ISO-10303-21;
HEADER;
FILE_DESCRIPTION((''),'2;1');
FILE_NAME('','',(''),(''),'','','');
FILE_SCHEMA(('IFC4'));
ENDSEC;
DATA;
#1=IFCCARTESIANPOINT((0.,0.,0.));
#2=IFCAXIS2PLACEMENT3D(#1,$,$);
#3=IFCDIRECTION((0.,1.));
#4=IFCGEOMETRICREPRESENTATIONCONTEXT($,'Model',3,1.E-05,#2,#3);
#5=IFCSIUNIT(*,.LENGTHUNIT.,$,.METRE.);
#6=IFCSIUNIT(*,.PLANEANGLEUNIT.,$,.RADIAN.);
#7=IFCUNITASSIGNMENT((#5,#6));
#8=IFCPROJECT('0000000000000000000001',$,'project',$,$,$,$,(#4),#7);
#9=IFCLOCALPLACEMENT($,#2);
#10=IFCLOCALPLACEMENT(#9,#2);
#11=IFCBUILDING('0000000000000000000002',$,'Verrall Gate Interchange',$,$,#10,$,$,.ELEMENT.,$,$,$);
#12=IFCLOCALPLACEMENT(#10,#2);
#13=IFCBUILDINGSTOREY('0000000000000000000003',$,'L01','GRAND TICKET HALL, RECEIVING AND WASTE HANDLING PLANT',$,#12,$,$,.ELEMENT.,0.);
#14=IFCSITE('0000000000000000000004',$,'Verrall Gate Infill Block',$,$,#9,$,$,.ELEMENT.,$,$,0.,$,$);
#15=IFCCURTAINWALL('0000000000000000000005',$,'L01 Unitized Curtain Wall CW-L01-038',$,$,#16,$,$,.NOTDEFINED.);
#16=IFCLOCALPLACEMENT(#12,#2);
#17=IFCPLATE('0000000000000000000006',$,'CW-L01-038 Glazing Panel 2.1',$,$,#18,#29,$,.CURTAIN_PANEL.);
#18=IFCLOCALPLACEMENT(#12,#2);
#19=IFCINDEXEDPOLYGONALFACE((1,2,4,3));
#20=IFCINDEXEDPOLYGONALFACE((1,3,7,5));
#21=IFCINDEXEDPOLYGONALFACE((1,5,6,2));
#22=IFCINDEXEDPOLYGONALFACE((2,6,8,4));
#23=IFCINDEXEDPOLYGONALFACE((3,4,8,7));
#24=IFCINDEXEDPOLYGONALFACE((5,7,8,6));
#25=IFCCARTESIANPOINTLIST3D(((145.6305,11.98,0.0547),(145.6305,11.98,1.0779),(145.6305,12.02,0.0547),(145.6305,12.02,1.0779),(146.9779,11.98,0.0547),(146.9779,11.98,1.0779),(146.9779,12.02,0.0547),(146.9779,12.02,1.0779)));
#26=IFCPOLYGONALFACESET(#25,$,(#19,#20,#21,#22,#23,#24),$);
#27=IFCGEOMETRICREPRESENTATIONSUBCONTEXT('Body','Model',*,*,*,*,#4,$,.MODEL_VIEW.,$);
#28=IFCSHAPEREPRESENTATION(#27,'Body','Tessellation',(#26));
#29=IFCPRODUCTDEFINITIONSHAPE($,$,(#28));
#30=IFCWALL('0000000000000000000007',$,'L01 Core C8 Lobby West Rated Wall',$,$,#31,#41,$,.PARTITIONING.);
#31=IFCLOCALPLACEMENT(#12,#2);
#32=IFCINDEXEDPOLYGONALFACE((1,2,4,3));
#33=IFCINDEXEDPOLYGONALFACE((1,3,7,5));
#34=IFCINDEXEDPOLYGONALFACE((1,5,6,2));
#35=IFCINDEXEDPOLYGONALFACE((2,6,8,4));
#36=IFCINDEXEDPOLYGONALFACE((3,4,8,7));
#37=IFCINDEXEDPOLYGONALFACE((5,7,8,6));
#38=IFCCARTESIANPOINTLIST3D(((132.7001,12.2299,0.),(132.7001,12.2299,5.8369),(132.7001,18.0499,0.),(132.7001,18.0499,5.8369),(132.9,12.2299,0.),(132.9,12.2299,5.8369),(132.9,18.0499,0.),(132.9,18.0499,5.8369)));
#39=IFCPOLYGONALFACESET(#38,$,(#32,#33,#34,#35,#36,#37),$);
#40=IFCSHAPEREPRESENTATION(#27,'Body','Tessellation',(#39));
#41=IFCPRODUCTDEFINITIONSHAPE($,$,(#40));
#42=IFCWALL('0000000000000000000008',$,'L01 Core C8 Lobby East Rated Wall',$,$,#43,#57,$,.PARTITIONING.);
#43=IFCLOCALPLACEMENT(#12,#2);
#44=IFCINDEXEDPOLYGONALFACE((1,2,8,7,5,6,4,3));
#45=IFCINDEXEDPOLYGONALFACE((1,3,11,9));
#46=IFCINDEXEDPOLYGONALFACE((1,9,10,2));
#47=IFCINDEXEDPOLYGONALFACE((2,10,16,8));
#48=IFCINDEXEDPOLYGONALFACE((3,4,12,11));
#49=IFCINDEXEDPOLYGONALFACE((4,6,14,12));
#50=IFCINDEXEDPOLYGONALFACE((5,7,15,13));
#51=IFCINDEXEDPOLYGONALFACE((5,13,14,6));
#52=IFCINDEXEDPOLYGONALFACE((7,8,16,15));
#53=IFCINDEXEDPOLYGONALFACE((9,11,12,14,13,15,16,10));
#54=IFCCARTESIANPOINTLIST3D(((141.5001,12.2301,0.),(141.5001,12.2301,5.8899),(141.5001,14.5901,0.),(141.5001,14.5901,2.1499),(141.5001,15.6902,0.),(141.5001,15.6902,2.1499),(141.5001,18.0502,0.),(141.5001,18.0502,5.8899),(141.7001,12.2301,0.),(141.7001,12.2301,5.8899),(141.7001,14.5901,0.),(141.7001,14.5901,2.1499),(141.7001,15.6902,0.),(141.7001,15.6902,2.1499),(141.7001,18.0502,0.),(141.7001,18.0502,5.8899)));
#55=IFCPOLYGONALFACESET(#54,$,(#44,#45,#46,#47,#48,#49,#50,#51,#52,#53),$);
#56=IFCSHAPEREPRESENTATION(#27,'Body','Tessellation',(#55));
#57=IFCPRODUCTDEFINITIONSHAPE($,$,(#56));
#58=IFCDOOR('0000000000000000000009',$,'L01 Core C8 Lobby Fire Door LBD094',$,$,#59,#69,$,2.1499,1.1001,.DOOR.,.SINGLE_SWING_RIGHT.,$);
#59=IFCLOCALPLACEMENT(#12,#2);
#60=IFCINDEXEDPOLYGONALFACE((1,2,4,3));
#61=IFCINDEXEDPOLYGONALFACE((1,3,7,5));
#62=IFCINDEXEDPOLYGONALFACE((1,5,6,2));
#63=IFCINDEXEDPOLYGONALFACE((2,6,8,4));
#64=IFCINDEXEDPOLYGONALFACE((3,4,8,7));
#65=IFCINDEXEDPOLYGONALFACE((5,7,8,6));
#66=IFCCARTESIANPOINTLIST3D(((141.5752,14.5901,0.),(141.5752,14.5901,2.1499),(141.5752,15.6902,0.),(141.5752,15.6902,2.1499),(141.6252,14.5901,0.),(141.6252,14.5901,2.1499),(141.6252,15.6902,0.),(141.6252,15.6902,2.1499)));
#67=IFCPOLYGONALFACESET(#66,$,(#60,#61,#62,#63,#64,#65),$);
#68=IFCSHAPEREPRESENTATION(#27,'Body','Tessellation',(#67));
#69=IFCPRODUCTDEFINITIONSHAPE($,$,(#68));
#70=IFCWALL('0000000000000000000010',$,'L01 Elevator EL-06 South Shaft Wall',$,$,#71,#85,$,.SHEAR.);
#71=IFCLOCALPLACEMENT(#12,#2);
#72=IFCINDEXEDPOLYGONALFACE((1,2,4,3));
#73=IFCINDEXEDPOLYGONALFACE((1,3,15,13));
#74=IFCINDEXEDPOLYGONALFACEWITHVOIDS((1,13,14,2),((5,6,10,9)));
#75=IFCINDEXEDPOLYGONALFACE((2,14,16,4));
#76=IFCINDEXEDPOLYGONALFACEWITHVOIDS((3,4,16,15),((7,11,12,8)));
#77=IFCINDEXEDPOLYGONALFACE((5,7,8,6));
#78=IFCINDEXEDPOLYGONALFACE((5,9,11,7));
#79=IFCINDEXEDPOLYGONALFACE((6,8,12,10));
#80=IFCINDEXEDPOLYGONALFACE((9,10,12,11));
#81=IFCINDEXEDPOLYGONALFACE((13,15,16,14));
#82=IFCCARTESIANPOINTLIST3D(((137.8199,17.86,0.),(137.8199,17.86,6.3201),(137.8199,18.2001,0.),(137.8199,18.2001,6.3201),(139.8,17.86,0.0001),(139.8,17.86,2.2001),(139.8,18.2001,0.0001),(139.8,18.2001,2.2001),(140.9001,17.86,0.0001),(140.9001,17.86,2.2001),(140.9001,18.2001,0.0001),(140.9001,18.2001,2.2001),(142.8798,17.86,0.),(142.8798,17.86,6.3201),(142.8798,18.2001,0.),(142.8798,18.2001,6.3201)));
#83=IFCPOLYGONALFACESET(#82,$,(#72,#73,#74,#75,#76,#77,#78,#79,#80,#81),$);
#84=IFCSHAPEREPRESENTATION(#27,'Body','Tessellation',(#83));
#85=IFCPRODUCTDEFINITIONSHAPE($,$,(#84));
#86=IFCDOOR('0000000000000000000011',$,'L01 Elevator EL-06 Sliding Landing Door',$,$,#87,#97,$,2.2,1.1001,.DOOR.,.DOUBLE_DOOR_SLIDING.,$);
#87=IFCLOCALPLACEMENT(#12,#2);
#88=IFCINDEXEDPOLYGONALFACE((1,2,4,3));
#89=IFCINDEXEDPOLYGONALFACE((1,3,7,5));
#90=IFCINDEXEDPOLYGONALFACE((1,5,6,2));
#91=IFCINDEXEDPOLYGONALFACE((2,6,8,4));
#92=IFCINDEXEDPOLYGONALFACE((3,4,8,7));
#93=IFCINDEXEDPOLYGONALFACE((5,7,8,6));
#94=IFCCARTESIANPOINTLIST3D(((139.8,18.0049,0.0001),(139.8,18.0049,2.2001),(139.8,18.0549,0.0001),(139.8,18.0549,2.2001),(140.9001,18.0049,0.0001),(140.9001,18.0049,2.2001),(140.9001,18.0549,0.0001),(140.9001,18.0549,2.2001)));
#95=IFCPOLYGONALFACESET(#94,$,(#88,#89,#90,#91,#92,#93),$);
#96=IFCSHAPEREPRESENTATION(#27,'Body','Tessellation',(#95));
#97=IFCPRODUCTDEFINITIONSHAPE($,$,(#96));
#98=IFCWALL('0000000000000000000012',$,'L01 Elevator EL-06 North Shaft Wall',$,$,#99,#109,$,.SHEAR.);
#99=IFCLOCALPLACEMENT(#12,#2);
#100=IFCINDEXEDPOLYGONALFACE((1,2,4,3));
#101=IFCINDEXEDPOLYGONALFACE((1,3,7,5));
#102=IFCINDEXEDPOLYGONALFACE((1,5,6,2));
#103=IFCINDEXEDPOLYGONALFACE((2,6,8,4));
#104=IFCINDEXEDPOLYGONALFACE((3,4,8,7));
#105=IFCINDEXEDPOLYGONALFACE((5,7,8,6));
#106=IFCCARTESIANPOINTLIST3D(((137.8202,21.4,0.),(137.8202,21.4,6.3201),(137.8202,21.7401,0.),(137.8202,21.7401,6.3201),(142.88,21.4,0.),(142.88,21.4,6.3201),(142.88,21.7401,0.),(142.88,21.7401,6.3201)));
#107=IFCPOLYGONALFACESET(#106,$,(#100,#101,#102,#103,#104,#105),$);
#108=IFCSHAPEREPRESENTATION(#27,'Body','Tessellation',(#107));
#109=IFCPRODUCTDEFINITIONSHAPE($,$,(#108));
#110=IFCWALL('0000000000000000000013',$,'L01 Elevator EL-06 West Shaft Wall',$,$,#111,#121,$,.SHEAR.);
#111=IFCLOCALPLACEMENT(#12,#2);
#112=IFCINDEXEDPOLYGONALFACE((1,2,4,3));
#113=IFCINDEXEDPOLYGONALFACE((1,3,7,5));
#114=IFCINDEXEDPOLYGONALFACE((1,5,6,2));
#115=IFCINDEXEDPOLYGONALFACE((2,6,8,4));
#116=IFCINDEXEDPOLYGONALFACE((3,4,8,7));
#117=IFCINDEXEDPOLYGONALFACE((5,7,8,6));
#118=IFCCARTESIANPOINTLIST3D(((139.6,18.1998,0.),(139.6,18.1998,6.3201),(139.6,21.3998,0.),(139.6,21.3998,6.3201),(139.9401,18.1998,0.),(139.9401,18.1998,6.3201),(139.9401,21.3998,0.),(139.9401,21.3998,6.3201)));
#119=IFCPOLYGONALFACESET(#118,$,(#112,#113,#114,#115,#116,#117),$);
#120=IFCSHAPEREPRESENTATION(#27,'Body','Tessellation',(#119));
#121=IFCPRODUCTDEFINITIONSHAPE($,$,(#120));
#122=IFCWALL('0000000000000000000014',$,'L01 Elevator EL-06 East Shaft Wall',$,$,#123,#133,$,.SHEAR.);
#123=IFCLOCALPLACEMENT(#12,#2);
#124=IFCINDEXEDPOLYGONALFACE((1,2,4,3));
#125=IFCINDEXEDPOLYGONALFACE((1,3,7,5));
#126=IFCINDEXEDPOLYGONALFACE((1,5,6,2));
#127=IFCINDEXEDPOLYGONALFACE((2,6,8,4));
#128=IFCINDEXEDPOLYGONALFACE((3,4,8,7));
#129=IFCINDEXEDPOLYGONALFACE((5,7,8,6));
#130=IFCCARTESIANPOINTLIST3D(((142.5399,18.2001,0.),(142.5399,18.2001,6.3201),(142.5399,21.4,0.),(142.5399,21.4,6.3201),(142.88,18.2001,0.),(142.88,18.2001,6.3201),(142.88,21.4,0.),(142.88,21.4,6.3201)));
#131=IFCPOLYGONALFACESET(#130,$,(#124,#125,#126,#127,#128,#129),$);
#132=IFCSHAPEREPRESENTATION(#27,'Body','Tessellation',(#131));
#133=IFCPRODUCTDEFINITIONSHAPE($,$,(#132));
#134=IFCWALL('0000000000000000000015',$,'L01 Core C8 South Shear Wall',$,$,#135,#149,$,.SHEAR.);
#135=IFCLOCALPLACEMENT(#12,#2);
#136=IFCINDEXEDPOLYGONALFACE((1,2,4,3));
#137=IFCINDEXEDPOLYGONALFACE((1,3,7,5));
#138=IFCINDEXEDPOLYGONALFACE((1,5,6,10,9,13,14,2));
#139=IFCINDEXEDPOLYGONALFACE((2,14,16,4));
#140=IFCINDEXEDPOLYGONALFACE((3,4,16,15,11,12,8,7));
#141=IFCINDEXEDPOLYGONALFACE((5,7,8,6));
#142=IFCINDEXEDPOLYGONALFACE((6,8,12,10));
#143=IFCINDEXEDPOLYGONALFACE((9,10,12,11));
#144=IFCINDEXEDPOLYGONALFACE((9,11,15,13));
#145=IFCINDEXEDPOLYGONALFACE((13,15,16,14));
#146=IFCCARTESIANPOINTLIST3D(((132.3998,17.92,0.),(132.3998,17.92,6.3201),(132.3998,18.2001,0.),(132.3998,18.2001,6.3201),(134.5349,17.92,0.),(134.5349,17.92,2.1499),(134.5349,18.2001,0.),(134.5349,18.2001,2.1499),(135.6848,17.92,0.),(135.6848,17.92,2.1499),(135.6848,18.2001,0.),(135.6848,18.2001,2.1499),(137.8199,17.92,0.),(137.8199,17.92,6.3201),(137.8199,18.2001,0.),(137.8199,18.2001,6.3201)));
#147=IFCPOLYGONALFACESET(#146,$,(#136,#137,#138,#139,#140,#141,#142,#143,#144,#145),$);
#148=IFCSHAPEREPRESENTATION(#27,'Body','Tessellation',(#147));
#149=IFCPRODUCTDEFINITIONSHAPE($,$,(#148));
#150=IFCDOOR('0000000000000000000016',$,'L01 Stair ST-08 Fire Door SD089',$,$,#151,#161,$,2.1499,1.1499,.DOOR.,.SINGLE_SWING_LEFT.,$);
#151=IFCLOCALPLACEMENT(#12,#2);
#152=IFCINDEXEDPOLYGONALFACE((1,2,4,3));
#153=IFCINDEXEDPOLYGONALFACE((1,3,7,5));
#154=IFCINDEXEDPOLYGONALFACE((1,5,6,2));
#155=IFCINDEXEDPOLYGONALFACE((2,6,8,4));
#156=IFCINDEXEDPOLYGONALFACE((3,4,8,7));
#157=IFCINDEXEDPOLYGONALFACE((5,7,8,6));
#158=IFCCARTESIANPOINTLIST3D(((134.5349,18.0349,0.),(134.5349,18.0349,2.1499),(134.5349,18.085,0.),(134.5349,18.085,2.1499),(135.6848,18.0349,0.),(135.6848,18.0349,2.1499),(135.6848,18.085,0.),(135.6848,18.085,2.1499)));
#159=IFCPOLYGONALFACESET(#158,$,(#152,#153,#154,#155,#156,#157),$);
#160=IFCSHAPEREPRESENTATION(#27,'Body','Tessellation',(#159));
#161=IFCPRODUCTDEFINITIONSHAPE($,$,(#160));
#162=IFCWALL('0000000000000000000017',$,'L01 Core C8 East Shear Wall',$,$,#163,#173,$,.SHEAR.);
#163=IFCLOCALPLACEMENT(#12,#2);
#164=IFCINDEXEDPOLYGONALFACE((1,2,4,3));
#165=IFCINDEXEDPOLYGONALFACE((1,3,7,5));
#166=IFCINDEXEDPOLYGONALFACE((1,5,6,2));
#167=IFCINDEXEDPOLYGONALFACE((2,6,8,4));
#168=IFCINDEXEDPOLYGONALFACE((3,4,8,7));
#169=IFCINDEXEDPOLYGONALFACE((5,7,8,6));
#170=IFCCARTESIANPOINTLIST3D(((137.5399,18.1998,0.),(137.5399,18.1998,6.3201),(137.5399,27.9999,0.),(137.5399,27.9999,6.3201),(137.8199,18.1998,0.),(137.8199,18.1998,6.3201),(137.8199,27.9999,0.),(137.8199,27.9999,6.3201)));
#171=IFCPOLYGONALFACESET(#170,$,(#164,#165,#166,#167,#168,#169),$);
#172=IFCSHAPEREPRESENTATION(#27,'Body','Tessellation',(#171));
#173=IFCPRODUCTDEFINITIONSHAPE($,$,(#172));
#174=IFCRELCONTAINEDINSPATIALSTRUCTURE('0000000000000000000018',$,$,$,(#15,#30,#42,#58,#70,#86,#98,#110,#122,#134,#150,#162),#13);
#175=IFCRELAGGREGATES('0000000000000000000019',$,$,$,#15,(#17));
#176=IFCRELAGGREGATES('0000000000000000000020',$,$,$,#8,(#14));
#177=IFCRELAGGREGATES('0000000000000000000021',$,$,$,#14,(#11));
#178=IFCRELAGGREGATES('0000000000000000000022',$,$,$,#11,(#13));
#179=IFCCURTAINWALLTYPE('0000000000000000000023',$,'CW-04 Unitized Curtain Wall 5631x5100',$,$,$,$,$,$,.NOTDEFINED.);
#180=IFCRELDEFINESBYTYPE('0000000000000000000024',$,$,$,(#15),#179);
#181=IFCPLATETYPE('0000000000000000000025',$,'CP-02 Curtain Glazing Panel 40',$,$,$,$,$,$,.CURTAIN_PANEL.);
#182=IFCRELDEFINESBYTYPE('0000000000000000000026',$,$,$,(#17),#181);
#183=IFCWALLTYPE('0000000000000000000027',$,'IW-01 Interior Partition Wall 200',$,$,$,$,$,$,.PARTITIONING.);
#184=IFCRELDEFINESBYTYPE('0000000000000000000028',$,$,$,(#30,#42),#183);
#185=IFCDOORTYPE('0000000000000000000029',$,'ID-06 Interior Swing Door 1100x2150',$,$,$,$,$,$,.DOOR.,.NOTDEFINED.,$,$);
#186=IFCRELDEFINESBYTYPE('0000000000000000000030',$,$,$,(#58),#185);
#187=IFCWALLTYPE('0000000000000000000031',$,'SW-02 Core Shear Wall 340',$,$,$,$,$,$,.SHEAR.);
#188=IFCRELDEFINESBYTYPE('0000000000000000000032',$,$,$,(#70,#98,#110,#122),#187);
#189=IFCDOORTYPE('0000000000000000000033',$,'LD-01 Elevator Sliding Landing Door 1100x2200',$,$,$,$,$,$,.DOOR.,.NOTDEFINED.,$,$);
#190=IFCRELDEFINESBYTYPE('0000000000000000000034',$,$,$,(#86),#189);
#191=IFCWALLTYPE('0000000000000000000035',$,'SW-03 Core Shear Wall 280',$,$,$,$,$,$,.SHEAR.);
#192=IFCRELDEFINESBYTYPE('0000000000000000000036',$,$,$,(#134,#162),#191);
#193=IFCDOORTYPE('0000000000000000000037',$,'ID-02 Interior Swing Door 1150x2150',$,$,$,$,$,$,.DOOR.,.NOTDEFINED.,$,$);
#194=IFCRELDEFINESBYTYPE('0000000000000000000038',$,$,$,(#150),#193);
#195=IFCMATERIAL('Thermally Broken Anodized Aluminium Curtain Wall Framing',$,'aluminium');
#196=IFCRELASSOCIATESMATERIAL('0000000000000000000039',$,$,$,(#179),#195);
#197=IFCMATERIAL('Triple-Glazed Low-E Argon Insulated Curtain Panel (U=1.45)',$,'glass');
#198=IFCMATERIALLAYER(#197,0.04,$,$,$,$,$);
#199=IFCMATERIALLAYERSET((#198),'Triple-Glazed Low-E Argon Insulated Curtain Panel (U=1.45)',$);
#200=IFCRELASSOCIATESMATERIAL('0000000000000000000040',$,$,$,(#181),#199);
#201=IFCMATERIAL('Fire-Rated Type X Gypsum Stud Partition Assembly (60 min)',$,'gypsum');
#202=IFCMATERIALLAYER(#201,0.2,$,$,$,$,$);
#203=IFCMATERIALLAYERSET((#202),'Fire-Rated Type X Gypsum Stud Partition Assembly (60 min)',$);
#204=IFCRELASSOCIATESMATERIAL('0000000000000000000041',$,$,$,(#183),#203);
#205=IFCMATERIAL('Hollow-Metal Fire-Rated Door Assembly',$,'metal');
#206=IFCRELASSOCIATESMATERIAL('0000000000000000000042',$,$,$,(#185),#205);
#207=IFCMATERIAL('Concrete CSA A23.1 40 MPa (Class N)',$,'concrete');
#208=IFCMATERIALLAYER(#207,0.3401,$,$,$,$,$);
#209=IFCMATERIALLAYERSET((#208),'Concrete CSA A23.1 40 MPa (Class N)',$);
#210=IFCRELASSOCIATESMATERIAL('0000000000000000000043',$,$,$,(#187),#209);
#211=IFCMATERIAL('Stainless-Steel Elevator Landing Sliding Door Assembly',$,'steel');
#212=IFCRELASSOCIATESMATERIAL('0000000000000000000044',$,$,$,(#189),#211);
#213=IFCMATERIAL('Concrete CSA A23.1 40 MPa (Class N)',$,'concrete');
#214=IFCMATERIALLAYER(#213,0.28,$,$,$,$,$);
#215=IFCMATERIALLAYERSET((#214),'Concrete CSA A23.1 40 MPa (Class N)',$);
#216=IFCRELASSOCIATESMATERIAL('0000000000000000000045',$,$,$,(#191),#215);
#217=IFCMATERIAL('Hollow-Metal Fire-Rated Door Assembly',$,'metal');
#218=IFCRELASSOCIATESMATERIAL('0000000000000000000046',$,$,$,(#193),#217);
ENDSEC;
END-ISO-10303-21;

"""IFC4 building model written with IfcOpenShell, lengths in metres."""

from ifc_helpers import new_model, si_unit, direction, frame, frame_2d, origin, origin_2d, place, context, subcontext, project, spatial, rectangle, extrude, material, layer, layer_set, type_object, element, fill, aggregate, save


model = new_model("IFC4")

# Units and contexts
model_context = context("Model", 3, precision=1e-05, world=origin(), true_north=direction((0.0, 1.0)))
body_context = subcontext(model_context, "Body", "Model", "MODEL_VIEW")
ifc_project = project(units=[si_unit("LENGTHUNIT", "METRE"), si_unit("PLANEANGLEUNIT", "RADIAN")], contexts=[model_context])

# Site, building, storey
site_placement = place(None, origin())
site = spatial("IfcSite", under=ifc_project, at=site_placement, Name="Verrall Gate Infill Block", CompositionType="ELEMENT", RefElevation=0.0)
building_placement = place(site_placement, origin())
building = spatial("IfcBuilding", under=site, at=building_placement, Name="Verrall Gate Interchange", CompositionType="ELEMENT")
storey_placement = place(building_placement, origin())
storey = spatial("IfcBuildingStorey", under=building, at=storey_placement, Name="L01", Description="GRAND TICKET HALL, RECEIVING AND WASTE HANDLING PLANT", CompositionType="ELEMENT", Elevation=0.0)

# Curtain wall, plate
ifc_material_1 = material(Name="Thermally Broken Anodized Aluminium Curtain Wall Framing", Category="aluminium")
curtain_wall_type = type_object("IfcCurtainWallType", Name="CW-04 Unitized Curtain Wall 5631x5100", PredefinedType="NOTDEFINED", material=ifc_material_1)
curtain_wall_placement = place(storey_placement, origin())
curtain_wall = element("IfcCurtainWall", 1, at=curtain_wall_placement, inside=storey, type_object=curtain_wall_type, Name="L01 Unitized Curtain Wall CW-L01-038", PredefinedType="NOTDEFINED")
ifc_material_2 = material(Name="Triple-Glazed Low-E Argon Insulated Curtain Panel (U=1.45)", Category="glass")
ifc_layer_1 = layer(ifc_material_2, 0.04)
ifc_layer_set_1 = layer_set([ifc_layer_1], Name="Triple-Glazed Low-E Argon Insulated Curtain Panel (U=1.45)")
plate_type = type_object("IfcPlateType", Name="CP-02 Curtain Glazing Panel 40", PredefinedType="CURTAIN_PANEL", material=ifc_layer_set_1)
plate_placement = place(storey_placement, frame((146.3042, 12.0, 0.0547), z_axis=(0.0, 0.0, 1.0), x_axis=(1.0, 0.0, 0.0)))
plate = element("IfcPlate", 2, at=plate_placement, type_object=plate_type, Name="CW-L01-038 Glazing Panel 2.1", PredefinedType="CURTAIN_PANEL", context=body_context, shape_type="SweptSolid", body=[
    extrude(rectangle(XDim=1.3474, YDim=0.04, at=origin_2d()), origin(), (0.0, 0.0, 1.0), 1.0232),
])
aggregate(curtain_wall, [plate])

# Wall
ifc_material_3 = material(Name="Fire-Rated Type X Gypsum Stud Partition Assembly (60 min)", Category="gypsum")
ifc_layer_2 = layer(ifc_material_3, 0.2)
ifc_layer_set_2 = layer_set([ifc_layer_2], Name="Fire-Rated Type X Gypsum Stud Partition Assembly (60 min)")
wall_type_1 = type_object("IfcWallType", Name="IW-01 Interior Partition Wall 200", PredefinedType="PARTITIONING", material=ifc_layer_set_2)
wall_1_placement = place(storey_placement, frame((132.8, 18.05, 0.0), z_axis=(0.0, 0.0, 1.0), x_axis=(0.0, -1.0, 0.0)))
element("IfcWall", 3, at=wall_1_placement, inside=storey, type_object=wall_type_1, Name="L01 Core C8 Lobby West Rated Wall", PredefinedType="PARTITIONING", context=body_context, shape_type="SweptSolid", body=[
    extrude(rectangle(XDim=5.8201, YDim=0.2, at=frame_2d((2.9102, 0.0))), origin(), (0.0, 0.0, 1.0), 5.8369),
])

# Walls, openings, doors
wall_2_placement = place(storey_placement, frame((141.6001, 12.23, 0.0), z_axis=(0.0, 0.0, 1.0), x_axis=(0.0, 1.0, 0.0)))
wall_2 = element("IfcWall", 4, at=wall_2_placement, inside=storey, type_object=wall_type_1, Name="L01 Core C8 Lobby East Rated Wall", PredefinedType="PARTITIONING", context=body_context, shape_type="SweptSolid", body=[
    extrude(rectangle(XDim=5.8201, YDim=0.2, at=frame_2d((2.9102, 0.0))), origin(), (0.0, 0.0, 1.0), 5.8899),
])
opening_1_placement = place(wall_2_placement, frame((2.3601, 0.0, 0.0)))
opening_1 = element("IfcOpeningElement", 5, at=opening_1_placement, cuts=wall_2, PredefinedType="OPENING", context=body_context, shape_type="SweptSolid", body=[
    extrude(rectangle(XDim=1.1001, YDim=2.1499, at=frame_2d((0.55, 1.075))), frame((0.0, 0.1147, 0.0), z_axis=(0.0, -1.0, 0.0), x_axis=(1.0, 0.0, 0.0)), (0.0, 0.0, 1.0), 0.2297),
])
ifc_material_4 = material(Name="Hollow-Metal Fire-Rated Door Assembly", Category="metal")
door_type_1 = type_object("IfcDoorType", Name="ID-06 Interior Swing Door 1100x2150", OperationType="NOTDEFINED", PredefinedType="DOOR", material=ifc_material_4)
door_1_placement = place(opening_1_placement, origin())
door_1 = element("IfcDoor", 6, at=door_1_placement, inside=storey, type_object=door_type_1, Name="L01 Core C8 Lobby Fire Door LBD094", OperationType="SINGLE_SWING_RIGHT", OverallHeight=2.1499, OverallWidth=1.1001, PredefinedType="DOOR", context=body_context, shape_type="SweptSolid", body=[
    extrude(rectangle(XDim=1.1001, YDim=2.1499, at=frame_2d((0.55, 1.075))), frame((0.0, 0.0249, 0.0), z_axis=(0.0, -1.0, 0.0), x_axis=(1.0, 0.0, 0.0)), (0.0, 0.0, 1.0), 0.05),
])
fill(opening_1, door_1)
ifc_material_5 = material(Name="Concrete CSA A23.1 40 MPa (Class N)", Category="concrete")
ifc_layer_3 = layer(ifc_material_5, 0.3401)
ifc_layer_set_3 = layer_set([ifc_layer_3], Name="Concrete CSA A23.1 40 MPa (Class N)")
wall_type_2 = type_object("IfcWallType", Name="SW-02 Core Shear Wall 340", PredefinedType="SHEAR", material=ifc_layer_set_3)
wall_3_placement = place(storey_placement, frame((137.8201, 18.03, 0.0), z_axis=(0.0, 0.0, 1.0), x_axis=(1.0, 0.0, 0.0)))
wall_3 = element("IfcWall", 7, at=wall_3_placement, inside=storey, type_object=wall_type_2, Name="L01 Elevator EL-06 South Shaft Wall", PredefinedType="SHEAR", context=body_context, shape_type="SweptSolid", body=[
    extrude(rectangle(XDim=5.0598, YDim=0.3401, at=frame_2d((2.5298, 0.0))), origin(), (0.0, 0.0, 1.0), 6.3201),
])
opening_2_placement = place(wall_3_placement, frame((1.98, 0.0, 0.0)))
opening_2 = element("IfcOpeningElement", 8, at=opening_2_placement, cuts=wall_3, PredefinedType="OPENING", context=body_context, shape_type="SweptSolid", body=[
    extrude(rectangle(XDim=1.1001, YDim=2.2, at=frame_2d((0.55, 1.1001))), frame((0.0, 0.1851, 0.0), z_axis=(0.0, -1.0, 0.0), x_axis=(1.0, 0.0, 0.0)), (0.0, 0.0, 1.0), 0.3699),
])
ifc_material_6 = material(Name="Stainless-Steel Elevator Landing Sliding Door Assembly", Category="steel")
door_type_2 = type_object("IfcDoorType", Name="LD-01 Elevator Sliding Landing Door 1100x2200", OperationType="NOTDEFINED", PredefinedType="DOOR", material=ifc_material_6)
door_2_placement = place(opening_2_placement, origin())
door_2 = element("IfcDoor", 9, at=door_2_placement, inside=storey, type_object=door_type_2, Name="L01 Elevator EL-06 Sliding Landing Door", OperationType="DOUBLE_DOOR_SLIDING", OverallHeight=2.2, OverallWidth=1.1001, PredefinedType="DOOR", context=body_context, shape_type="SweptSolid", body=[
    extrude(rectangle(XDim=1.1001, YDim=2.2, at=frame_2d((0.55, 1.1001))), frame((0.0, 0.0249, 0.0), z_axis=(0.0, -1.0, 0.0), x_axis=(1.0, 0.0, 0.0)), (0.0, 0.0, 1.0), 0.05),
])
fill(opening_2, door_2)

# Walls
wall_4_placement = place(storey_placement, frame((142.8799, 21.5701, 0.0), z_axis=(0.0, 0.0, 1.0), x_axis=(-1.0, 0.0, 0.0)))
element("IfcWall", 10, at=wall_4_placement, inside=storey, type_object=wall_type_2, Name="L01 Elevator EL-06 North Shaft Wall", PredefinedType="SHEAR", context=body_context, shape_type="SweptSolid", body=[
    extrude(rectangle(XDim=5.0598, YDim=0.3401, at=frame_2d((2.5298, 0.0))), origin(), (0.0, 0.0, 1.0), 6.3201),
])
for number, where, z_axis, x_axis, name in (
    (11, (139.77, 21.3999, 0.0), (0.0, 0.0, 1.0), (0.0, -1.0, 0.0), "L01 Elevator EL-06 West Shaft Wall"),
    (12, (142.71, 18.2, 0.0), (0.0, 0.0, 1.0), (0.0, 1.0, 0.0), "L01 Elevator EL-06 East Shaft Wall"),
):
    element("IfcWall", number, at=place(storey_placement, frame(where, z_axis=z_axis, x_axis=x_axis)), inside=storey, type_object=wall_type_2, Name=name, PredefinedType="SHEAR", context=body_context, shape_type="SweptSolid", body=[
        extrude(rectangle(XDim=3.2, YDim=0.3401, at=frame_2d((1.6001, 0.0))), origin(), (0.0, 0.0, 1.0), 6.3201),
    ])

# Wall, opening, door
ifc_material_7 = material(Name="Concrete CSA A23.1 40 MPa (Class N)", Category="concrete")
ifc_layer_4 = layer(ifc_material_7, 0.28)
ifc_layer_set_4 = layer_set([ifc_layer_4], Name="Concrete CSA A23.1 40 MPa (Class N)")
wall_type_3 = type_object("IfcWallType", Name="SW-03 Core Shear Wall 280", PredefinedType="SHEAR", material=ifc_layer_set_4)
wall_5_placement = place(storey_placement, frame((132.3999, 18.0601, 0.0), z_axis=(0.0, 0.0, 1.0), x_axis=(1.0, 0.0, 0.0)))
wall_5 = element("IfcWall", 13, at=wall_5_placement, inside=storey, type_object=wall_type_3, Name="L01 Core C8 South Shear Wall", PredefinedType="SHEAR", context=body_context, shape_type="SweptSolid", body=[
    extrude(rectangle(XDim=5.4202, YDim=0.28, at=frame_2d((2.71, 0.0))), origin(), (0.0, 0.0, 1.0), 6.3201),
])
opening_3_placement = place(wall_5_placement, frame((2.135, 0.0, 0.0)))
opening_3 = element("IfcOpeningElement", 14, at=opening_3_placement, cuts=wall_5, PredefinedType="OPENING", context=body_context, shape_type="SweptSolid", body=[
    extrude(rectangle(XDim=1.1499, YDim=2.1499, at=frame_2d((0.575, 1.075))), frame((0.0, 0.1548, 0.0), z_axis=(0.0, -1.0, 0.0), x_axis=(1.0, 0.0, 0.0)), (0.0, 0.0, 1.0), 0.3098),
])
ifc_material_8 = material(Name="Hollow-Metal Fire-Rated Door Assembly", Category="metal")
door_type_3 = type_object("IfcDoorType", Name="ID-02 Interior Swing Door 1150x2150", OperationType="NOTDEFINED", PredefinedType="DOOR", material=ifc_material_8)
door_3_placement = place(opening_3_placement, origin())
door_3 = element("IfcDoor", 15, at=door_3_placement, inside=storey, type_object=door_type_3, Name="L01 Stair ST-08 Fire Door SD089", OperationType="SINGLE_SWING_LEFT", OverallHeight=2.1499, OverallWidth=1.1499, PredefinedType="DOOR", context=body_context, shape_type="SweptSolid", body=[
    extrude(rectangle(XDim=1.1499, YDim=2.1499, at=frame_2d((0.575, 1.075))), frame((0.0, 0.0249, 0.0), z_axis=(0.0, -1.0, 0.0), x_axis=(1.0, 0.0, 0.0)), (0.0, 0.0, 1.0), 0.05),
])
fill(opening_3, door_3)

# Wall
wall_6_placement = place(storey_placement, frame((137.6799, 18.2, 0.0), z_axis=(0.0, 0.0, 1.0), x_axis=(0.0, 1.0, 0.0)))
element("IfcWall", 16, at=wall_6_placement, inside=storey, type_object=wall_type_3, Name="L01 Core C8 East Shear Wall", PredefinedType="SHEAR", context=body_context, shape_type="SweptSolid", body=[
    extrude(rectangle(XDim=9.8, YDim=0.28, at=frame_2d((4.8999, 0.0))), origin(), (0.0, 0.0, 1.0), 6.3201),
])

save(model, "model.ifc")
